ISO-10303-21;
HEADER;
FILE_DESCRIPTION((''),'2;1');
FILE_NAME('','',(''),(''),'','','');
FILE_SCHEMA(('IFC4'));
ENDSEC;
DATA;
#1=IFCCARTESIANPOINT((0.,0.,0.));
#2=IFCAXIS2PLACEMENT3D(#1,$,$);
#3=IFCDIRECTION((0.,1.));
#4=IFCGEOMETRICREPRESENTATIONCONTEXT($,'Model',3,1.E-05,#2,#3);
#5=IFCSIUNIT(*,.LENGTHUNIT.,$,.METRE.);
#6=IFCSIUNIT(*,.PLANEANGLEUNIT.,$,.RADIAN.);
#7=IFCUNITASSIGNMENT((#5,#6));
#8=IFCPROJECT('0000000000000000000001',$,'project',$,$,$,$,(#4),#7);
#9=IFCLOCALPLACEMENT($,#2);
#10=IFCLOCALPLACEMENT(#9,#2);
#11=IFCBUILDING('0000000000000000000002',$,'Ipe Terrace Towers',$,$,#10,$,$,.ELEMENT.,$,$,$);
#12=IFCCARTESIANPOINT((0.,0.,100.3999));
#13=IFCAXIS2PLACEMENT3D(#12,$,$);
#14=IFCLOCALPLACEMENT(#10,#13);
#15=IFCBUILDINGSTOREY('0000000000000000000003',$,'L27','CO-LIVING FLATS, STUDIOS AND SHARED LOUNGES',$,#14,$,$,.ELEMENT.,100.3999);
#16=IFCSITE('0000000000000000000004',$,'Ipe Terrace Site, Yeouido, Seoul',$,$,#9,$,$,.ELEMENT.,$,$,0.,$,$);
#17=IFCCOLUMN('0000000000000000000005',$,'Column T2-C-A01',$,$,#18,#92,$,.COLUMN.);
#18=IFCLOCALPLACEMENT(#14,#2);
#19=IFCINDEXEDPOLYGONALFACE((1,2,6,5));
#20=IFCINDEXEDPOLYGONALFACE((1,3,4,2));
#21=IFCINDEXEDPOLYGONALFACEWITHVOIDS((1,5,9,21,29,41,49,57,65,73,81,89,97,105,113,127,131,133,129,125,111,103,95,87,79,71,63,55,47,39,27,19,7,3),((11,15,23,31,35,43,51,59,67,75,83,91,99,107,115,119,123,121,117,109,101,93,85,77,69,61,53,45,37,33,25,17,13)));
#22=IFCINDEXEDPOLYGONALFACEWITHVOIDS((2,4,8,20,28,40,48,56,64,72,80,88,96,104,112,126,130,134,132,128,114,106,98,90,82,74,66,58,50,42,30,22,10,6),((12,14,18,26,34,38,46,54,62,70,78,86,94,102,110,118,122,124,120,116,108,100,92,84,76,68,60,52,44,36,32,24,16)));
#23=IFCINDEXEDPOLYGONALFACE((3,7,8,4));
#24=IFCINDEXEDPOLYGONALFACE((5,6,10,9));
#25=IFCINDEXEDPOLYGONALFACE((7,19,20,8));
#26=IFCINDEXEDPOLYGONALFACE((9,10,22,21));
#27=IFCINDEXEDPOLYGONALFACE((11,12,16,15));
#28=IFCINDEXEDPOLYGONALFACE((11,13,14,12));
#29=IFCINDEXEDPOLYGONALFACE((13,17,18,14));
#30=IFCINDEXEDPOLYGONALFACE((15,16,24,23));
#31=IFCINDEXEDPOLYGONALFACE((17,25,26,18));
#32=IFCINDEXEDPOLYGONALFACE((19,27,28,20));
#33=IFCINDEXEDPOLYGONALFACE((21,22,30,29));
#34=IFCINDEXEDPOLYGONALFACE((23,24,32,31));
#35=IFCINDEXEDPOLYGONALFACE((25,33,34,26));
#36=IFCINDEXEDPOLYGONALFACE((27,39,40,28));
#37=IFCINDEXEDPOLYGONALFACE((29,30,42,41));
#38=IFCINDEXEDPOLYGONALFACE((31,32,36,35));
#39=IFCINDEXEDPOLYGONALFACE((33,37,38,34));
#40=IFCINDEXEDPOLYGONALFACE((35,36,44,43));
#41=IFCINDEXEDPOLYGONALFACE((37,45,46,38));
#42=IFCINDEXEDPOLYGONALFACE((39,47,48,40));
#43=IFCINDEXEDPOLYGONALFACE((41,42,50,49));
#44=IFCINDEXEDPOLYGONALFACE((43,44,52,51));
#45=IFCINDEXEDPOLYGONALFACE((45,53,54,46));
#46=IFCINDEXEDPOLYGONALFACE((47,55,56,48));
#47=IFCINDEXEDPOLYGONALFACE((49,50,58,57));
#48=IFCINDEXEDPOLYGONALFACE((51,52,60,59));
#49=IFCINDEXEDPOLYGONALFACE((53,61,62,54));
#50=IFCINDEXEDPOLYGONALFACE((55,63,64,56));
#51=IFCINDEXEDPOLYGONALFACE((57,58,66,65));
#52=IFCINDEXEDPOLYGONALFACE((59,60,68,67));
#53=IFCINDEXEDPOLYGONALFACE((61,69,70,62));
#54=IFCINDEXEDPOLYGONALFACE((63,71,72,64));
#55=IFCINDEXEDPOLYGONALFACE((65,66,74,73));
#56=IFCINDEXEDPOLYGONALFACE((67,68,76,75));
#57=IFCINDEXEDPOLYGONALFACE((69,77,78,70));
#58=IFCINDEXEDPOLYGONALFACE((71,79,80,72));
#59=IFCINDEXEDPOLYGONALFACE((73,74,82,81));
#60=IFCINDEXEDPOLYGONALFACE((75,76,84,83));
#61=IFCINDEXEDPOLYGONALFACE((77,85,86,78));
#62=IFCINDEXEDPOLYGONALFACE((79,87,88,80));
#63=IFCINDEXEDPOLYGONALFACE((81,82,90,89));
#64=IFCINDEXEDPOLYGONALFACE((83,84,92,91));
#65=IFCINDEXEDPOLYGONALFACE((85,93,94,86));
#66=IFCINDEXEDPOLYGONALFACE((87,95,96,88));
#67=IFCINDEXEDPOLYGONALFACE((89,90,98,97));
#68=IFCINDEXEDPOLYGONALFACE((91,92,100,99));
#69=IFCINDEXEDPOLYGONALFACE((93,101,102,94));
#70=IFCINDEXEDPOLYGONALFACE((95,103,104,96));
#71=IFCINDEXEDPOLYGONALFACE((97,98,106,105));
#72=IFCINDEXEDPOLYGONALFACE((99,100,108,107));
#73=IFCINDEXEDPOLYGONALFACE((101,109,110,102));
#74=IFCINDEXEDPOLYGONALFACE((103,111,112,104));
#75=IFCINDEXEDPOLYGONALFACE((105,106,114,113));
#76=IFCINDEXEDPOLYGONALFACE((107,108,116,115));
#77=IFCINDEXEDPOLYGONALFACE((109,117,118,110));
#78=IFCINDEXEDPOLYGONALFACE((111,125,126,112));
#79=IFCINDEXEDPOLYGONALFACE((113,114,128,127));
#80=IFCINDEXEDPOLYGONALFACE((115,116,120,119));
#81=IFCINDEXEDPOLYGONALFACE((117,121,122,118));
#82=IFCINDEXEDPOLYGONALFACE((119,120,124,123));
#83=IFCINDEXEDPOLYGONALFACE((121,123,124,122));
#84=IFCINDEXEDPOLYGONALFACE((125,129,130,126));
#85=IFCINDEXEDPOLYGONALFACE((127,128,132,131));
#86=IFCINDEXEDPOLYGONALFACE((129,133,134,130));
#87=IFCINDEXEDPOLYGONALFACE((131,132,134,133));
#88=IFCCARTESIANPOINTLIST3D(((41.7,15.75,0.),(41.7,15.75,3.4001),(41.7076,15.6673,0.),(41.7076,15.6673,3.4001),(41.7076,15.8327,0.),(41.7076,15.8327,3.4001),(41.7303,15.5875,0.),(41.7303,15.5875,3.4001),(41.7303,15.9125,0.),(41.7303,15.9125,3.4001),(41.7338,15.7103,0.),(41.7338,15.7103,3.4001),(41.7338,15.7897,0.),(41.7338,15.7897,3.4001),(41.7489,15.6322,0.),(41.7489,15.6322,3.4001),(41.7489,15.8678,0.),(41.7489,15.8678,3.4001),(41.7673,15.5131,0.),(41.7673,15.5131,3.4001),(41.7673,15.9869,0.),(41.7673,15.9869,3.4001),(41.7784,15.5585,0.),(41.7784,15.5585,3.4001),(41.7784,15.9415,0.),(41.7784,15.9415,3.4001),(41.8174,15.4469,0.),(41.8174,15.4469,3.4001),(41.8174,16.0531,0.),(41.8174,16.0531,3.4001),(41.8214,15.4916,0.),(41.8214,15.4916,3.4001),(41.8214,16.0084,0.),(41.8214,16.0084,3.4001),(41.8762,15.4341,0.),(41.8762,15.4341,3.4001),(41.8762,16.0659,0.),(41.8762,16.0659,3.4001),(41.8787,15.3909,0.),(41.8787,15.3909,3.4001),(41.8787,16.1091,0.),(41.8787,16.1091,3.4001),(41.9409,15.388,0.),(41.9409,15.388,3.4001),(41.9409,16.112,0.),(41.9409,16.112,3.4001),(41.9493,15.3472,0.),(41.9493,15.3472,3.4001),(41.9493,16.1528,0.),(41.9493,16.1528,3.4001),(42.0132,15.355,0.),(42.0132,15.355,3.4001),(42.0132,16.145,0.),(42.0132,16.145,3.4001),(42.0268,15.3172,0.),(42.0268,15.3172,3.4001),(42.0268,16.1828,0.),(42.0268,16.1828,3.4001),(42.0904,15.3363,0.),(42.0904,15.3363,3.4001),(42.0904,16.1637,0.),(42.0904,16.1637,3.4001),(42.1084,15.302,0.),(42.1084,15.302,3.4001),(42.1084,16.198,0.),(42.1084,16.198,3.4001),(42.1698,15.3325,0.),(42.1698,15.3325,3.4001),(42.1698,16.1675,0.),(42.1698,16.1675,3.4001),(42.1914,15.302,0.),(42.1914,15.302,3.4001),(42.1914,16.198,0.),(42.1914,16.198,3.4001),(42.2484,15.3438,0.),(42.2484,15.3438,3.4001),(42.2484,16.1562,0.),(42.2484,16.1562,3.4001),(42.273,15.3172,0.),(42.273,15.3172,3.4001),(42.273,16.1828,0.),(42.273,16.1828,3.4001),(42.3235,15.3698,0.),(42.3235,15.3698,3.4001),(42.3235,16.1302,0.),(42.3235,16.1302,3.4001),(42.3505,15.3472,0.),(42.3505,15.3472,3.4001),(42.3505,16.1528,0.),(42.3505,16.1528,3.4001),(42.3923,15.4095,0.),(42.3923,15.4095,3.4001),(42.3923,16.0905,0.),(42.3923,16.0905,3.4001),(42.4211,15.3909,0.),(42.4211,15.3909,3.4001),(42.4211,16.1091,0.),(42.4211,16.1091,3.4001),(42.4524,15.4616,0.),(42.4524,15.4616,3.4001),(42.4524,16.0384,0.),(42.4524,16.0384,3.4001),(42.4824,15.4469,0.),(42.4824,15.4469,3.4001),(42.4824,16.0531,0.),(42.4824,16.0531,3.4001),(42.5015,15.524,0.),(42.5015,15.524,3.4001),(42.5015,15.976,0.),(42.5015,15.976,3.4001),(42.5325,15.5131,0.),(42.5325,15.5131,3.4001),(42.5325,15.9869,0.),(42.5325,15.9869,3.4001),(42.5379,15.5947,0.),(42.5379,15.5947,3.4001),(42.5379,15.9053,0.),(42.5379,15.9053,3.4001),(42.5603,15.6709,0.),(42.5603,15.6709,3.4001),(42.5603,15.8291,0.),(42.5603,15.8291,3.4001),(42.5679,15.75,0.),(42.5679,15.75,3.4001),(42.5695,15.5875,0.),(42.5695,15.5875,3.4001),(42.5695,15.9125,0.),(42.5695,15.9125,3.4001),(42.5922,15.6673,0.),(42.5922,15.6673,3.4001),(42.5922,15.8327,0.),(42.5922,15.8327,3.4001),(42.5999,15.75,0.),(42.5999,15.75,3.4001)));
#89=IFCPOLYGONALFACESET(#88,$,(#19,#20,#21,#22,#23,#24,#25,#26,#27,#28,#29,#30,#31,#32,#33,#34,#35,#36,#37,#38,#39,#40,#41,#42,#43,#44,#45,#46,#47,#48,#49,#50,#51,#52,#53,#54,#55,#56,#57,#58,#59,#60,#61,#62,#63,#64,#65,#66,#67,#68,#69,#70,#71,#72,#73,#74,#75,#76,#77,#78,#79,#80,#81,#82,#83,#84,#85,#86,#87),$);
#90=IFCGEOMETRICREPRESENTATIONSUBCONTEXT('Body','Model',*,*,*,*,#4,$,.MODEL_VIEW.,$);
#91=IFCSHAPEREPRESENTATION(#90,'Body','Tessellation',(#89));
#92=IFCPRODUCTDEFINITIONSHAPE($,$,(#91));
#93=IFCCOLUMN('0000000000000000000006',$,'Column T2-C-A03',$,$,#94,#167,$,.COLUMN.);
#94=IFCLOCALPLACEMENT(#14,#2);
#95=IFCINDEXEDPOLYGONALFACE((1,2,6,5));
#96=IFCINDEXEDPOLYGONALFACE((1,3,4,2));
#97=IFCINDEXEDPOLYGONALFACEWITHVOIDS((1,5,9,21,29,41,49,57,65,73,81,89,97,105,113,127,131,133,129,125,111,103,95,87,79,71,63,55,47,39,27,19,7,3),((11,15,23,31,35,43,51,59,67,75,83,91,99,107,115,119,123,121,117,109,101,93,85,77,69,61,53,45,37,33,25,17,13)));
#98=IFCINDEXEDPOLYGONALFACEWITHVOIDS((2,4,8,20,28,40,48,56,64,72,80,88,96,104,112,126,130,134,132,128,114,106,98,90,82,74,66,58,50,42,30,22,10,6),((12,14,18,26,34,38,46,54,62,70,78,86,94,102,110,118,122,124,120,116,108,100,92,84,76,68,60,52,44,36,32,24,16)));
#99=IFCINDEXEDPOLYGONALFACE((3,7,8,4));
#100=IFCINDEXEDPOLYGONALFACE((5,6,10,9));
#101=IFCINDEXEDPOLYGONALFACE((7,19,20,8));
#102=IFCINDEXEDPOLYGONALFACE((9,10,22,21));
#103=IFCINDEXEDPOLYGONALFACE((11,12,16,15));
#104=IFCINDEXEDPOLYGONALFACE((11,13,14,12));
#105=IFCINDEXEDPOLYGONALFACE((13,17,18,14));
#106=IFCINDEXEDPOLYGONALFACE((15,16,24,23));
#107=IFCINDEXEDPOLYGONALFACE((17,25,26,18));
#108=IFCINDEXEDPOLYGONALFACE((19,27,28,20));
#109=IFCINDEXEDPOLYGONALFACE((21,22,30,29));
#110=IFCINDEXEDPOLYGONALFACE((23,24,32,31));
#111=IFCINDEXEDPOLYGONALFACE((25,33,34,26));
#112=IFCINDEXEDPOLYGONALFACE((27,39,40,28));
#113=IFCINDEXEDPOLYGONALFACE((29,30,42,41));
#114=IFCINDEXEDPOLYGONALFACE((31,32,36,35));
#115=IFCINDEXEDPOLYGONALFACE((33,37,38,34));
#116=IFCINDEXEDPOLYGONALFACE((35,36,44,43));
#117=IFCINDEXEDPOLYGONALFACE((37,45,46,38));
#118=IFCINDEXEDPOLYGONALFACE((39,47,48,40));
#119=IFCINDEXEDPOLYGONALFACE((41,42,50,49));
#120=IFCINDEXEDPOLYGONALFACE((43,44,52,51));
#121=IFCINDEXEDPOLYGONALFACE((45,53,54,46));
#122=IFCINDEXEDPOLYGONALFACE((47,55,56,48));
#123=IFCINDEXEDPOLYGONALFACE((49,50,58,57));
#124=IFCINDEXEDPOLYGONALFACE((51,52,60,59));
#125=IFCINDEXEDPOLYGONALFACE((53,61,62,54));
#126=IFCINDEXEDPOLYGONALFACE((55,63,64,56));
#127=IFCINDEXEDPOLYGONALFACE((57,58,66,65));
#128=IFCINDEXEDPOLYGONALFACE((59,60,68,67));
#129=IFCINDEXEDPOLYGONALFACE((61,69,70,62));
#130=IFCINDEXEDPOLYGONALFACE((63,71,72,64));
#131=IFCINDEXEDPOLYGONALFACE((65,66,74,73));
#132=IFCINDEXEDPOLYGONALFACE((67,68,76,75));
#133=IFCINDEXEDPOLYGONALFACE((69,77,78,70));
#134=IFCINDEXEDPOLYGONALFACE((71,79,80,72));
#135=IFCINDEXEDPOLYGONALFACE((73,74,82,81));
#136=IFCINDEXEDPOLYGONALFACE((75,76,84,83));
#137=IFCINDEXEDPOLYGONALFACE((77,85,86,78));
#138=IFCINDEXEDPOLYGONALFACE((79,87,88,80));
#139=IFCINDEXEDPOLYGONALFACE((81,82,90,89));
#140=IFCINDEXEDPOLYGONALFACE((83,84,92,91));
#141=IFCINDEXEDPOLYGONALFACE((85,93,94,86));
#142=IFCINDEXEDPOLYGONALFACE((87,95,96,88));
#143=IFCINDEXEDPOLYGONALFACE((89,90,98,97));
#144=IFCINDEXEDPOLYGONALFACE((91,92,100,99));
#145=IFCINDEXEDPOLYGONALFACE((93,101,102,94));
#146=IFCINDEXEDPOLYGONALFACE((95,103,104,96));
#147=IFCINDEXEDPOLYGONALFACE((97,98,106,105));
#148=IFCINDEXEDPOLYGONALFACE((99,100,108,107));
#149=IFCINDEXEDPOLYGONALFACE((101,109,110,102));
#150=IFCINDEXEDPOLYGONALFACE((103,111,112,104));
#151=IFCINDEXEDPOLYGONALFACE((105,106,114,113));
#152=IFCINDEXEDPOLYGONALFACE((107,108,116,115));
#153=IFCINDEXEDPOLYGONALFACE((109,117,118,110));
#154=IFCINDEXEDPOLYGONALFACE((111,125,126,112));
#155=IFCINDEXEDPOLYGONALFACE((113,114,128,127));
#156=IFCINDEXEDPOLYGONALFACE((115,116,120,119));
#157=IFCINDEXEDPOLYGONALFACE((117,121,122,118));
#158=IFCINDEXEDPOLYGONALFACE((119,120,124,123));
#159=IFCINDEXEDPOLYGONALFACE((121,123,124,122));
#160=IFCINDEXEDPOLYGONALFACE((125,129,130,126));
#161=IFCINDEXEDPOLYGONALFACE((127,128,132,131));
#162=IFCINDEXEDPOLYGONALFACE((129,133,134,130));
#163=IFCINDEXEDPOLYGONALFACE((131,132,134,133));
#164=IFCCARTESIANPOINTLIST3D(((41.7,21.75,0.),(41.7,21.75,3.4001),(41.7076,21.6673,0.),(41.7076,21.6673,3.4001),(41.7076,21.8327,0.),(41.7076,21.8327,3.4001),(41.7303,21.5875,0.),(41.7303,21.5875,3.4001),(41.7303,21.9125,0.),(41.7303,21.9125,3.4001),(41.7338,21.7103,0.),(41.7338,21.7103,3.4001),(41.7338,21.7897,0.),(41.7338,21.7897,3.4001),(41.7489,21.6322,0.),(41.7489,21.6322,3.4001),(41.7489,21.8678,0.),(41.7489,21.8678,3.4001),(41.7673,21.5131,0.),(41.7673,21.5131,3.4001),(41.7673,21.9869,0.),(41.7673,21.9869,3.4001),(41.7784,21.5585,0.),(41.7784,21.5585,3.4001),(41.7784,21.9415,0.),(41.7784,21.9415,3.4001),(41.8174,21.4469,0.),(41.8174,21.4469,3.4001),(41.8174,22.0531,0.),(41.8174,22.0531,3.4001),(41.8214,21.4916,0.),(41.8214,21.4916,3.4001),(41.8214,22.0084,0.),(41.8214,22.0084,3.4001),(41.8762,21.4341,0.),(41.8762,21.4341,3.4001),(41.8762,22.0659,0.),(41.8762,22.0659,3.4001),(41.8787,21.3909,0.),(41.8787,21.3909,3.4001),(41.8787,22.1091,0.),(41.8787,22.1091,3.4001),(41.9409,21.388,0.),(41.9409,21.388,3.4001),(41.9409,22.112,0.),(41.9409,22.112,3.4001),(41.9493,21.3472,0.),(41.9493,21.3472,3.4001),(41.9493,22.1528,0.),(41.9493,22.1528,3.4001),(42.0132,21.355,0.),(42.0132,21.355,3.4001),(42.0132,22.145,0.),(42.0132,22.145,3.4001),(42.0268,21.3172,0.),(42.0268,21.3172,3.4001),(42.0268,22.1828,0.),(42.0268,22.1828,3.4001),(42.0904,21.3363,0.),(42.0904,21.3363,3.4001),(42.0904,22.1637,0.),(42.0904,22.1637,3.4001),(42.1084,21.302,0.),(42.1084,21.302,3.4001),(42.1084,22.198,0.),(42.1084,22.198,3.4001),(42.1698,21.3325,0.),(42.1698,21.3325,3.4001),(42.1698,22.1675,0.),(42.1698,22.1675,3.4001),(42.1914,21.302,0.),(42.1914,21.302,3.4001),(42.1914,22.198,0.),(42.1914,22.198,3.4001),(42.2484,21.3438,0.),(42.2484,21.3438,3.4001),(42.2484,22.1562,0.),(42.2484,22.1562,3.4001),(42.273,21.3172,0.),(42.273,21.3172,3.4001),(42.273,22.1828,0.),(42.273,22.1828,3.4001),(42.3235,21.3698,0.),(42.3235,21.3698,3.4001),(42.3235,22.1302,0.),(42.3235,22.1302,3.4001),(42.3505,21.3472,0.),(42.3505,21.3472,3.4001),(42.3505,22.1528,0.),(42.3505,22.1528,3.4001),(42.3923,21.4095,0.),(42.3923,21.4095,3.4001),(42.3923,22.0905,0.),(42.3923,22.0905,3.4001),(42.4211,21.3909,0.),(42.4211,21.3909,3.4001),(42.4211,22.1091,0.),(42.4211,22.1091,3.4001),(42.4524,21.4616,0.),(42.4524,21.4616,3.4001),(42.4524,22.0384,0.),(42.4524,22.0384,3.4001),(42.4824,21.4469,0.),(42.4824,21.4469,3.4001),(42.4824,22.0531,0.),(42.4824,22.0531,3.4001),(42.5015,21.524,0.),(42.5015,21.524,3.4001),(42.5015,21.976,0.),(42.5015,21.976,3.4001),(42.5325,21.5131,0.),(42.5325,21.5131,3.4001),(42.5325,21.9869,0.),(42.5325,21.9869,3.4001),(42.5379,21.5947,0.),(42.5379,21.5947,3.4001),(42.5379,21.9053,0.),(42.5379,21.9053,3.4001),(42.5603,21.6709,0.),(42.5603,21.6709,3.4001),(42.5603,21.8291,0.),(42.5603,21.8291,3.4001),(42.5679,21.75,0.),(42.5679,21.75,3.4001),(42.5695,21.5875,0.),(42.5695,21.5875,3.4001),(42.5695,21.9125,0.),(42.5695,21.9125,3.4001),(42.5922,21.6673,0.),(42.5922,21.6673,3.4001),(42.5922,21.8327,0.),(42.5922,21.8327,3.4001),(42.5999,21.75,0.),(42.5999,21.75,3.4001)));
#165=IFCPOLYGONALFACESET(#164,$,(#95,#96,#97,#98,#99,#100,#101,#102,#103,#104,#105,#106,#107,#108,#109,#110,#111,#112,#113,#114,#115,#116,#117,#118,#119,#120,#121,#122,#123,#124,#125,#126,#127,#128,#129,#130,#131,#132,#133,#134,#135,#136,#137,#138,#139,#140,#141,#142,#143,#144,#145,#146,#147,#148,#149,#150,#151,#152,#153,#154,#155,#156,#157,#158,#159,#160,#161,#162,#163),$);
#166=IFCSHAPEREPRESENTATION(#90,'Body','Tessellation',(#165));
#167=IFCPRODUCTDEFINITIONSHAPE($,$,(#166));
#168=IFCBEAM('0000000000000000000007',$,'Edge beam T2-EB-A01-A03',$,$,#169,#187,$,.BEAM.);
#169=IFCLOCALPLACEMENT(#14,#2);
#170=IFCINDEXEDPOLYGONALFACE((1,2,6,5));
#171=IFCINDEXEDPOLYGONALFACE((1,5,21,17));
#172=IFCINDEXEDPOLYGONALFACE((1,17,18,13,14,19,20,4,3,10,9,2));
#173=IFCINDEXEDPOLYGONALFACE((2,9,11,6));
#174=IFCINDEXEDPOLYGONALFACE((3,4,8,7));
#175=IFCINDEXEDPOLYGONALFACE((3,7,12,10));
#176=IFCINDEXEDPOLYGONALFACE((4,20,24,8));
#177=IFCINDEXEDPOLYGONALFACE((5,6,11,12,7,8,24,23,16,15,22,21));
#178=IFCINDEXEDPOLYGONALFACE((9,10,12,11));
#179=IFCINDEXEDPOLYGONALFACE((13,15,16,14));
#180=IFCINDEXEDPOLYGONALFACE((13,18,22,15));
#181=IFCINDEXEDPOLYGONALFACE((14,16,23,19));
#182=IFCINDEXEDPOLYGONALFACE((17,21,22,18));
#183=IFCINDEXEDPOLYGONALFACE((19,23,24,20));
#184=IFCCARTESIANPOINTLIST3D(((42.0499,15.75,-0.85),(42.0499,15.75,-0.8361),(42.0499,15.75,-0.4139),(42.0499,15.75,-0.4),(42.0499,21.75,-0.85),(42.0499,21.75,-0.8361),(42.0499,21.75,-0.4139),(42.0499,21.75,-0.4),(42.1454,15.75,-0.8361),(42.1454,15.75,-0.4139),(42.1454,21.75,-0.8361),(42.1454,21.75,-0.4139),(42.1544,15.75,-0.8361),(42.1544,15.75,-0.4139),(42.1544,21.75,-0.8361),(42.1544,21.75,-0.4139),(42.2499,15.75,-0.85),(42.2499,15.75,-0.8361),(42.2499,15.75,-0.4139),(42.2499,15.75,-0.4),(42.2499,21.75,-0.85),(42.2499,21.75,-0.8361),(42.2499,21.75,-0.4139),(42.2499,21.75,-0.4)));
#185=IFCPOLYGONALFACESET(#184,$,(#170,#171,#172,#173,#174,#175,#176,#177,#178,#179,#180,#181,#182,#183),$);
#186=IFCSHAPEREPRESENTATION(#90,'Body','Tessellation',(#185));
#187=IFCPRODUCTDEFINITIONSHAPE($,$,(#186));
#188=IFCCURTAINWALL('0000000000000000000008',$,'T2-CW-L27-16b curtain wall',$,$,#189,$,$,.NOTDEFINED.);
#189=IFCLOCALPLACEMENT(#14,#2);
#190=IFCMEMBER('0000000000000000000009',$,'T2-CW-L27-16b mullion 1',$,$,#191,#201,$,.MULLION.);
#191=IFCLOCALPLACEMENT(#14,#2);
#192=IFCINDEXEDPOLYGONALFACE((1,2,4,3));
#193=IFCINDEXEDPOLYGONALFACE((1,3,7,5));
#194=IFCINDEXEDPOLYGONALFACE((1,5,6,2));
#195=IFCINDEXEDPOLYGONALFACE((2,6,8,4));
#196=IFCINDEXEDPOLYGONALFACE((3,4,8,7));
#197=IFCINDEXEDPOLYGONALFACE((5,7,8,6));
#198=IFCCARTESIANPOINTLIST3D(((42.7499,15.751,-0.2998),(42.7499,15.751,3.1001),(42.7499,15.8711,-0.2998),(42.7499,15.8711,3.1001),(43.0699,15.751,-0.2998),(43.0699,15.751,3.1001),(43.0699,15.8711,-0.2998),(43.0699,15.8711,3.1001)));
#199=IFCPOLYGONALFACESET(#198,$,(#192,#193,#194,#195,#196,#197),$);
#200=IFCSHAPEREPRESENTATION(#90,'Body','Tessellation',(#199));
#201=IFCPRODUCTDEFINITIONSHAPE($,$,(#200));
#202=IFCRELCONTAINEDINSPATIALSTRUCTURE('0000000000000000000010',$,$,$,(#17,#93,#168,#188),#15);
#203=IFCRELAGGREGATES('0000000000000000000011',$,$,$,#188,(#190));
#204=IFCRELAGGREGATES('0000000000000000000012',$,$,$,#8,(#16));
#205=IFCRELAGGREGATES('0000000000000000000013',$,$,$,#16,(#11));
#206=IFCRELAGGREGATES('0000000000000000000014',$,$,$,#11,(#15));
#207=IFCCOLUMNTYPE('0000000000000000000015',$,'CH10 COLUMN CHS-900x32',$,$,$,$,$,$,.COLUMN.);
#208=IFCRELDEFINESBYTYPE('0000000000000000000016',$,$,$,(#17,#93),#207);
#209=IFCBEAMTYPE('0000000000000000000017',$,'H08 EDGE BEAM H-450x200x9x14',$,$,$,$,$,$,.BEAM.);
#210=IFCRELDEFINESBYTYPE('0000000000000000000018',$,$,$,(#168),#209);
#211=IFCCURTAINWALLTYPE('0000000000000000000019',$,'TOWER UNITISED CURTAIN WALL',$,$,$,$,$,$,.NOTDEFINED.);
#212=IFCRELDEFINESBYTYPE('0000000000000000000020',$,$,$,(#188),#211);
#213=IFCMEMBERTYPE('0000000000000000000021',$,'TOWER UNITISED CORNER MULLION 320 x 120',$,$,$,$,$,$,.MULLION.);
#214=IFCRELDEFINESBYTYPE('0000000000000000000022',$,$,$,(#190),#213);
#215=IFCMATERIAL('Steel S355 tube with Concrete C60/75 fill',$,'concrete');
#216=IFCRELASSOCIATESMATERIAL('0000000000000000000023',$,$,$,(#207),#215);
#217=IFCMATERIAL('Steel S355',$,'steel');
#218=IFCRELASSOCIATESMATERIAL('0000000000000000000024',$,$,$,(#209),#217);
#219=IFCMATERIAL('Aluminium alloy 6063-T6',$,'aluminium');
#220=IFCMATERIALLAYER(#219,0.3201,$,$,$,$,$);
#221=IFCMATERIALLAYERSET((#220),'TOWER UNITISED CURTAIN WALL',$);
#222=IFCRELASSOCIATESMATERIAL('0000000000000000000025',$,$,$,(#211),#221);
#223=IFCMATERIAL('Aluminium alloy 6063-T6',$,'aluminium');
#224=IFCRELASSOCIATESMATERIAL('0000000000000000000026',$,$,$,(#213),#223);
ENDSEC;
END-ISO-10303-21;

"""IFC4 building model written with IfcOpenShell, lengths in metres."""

from ifc_helpers import new_model, si_unit, direction, frame, origin, origin_2d, place, context, subcontext, project, spatial, rectangle, hollow_circle, i_section, extrude, material, layer, layer_set, material_profile, profile_set, type_object, element, aggregate, save


model = new_model("IFC4")

# Units and contexts
model_context = context("Model", 3, precision=1e-05, world=origin(), true_north=direction((0.0, 1.0)))
body_context = subcontext(model_context, "Body", "Model", "MODEL_VIEW")
ifc_project = project(units=[si_unit("LENGTHUNIT", "METRE"), si_unit("PLANEANGLEUNIT", "RADIAN")], contexts=[model_context])

# Site, building, storey
site_placement = place(None, origin())
site = spatial("IfcSite", under=ifc_project, at=site_placement, Name="Ipe Terrace Site, Yeouido, Seoul", CompositionType="ELEMENT", RefElevation=0.0)
building_placement = place(site_placement, origin())
building = spatial("IfcBuilding", under=site, at=building_placement, Name="Ipe Terrace Towers", CompositionType="ELEMENT")
storey_placement = place(building_placement, frame((0.0, 0.0, 100.3999)))
storey = spatial("IfcBuildingStorey", under=building, at=storey_placement, Name="L27", Description="CO-LIVING FLATS, STUDIOS AND SHARED LOUNGES", CompositionType="ELEMENT", Elevation=100.3999)

# Columns
ifc_material_1 = material(Name="Steel S355 tube with Concrete C60/75 fill", Category="concrete")
ifc_material_profile_1 = material_profile(ifc_material_1, hollow_circle(Radius=0.45, WallThickness=0.032, at=origin_2d()), Name="CHS-900x32")
ifc_profile_set_1 = profile_set([ifc_material_profile_1], Name="Steel S355 tube with Concrete C60/75 fill")
column_type = type_object("IfcColumnType", Name="CH10 COLUMN CHS-900x32", PredefinedType="COLUMN", material=ifc_profile_set_1)
for number, where, z_axis, x_axis, name in (
    (1, (42.1499, 15.75, 0.0), (0.0, 0.0, 1.0), (1.0, 0.0, 0.0), "Column T2-C-A01"),
    (2, (42.1499, 21.75, 0.0), (0.0, 0.0, 1.0), (1.0, 0.0, 0.0), "Column T2-C-A03"),
):
    element("IfcColumn", number, at=place(storey_placement, frame(where, z_axis=z_axis, x_axis=x_axis)), inside=storey, type_object=column_type, Name=name, PredefinedType="COLUMN", context=body_context, shape_type="SweptSolid", body=[
        extrude(hollow_circle(Radius=0.45, WallThickness=0.032, at=origin_2d()), origin(), (0.0, 0.0, 1.0), 3.4001),
    ])

# Beam
ifc_material_2 = material(Name="Steel S355", Category="steel")
ifc_material_profile_2 = material_profile(ifc_material_2, i_section(OverallWidth=0.2, OverallDepth=0.45, WebThickness=0.009, FlangeThickness=0.0139, at=origin_2d()), Name="H-450x200x9x14")
ifc_profile_set_2 = profile_set([ifc_material_profile_2], Name="Steel S355")
beam_type = type_object("IfcBeamType", Name="H08 EDGE BEAM H-450x200x9x14", PredefinedType="BEAM", material=ifc_profile_set_2)
beam_placement = place(storey_placement, frame((42.1499, 15.75, -0.625), z_axis=(0.0, 1.0, 0.0), x_axis=(-1.0, 0.0, 0.0)))
element("IfcBeam", 3, at=beam_placement, inside=storey, type_object=beam_type, Name="Edge beam T2-EB-A01-A03", PredefinedType="BEAM", context=body_context, shape_type="SweptSolid", body=[
    extrude(i_section(OverallWidth=0.2, OverallDepth=0.45, WebThickness=0.009, FlangeThickness=0.0139, at=origin_2d()), origin(), (0.0, 0.0, 1.0), 6.0),
])

# Curtain wall, member
ifc_material_3 = material(Name="Aluminium alloy 6063-T6", Category="aluminium")
ifc_layer_1 = layer(ifc_material_3, 0.3201)
ifc_layer_set_1 = layer_set([ifc_layer_1], Name="TOWER UNITISED CURTAIN WALL")
curtain_wall_type = type_object("IfcCurtainWallType", Name="TOWER UNITISED CURTAIN WALL", PredefinedType="NOTDEFINED", material=ifc_layer_set_1)
curtain_wall_1_placement = place(storey_placement, origin())
curtain_wall_1 = element("IfcCurtainWall", 4, at=curtain_wall_1_placement, inside=storey, type_object=curtain_wall_type, Name="T2-CW-L27-16b curtain wall", PredefinedType="NOTDEFINED")
ifc_material_4 = material(Name="Aluminium alloy 6063-T6", Category="aluminium")
ifc_material_profile_3 = material_profile(ifc_material_4, rectangle(XDim=0.3201, YDim=0.1201, at=origin_2d()), Name="TOWER UNITISED CORNER MULLION 320 x 120")
ifc_profile_set_3 = profile_set([ifc_material_profile_3], Name="Aluminium alloy 6063-T6")
member_type_1 = type_object("IfcMemberType", Name="TOWER UNITISED CORNER MULLION 320 x 120", PredefinedType="MULLION", material=ifc_profile_set_3)
member_1_placement = place(storey_placement, frame((42.9099, 15.811, -0.2998), z_axis=(0.0, 0.0, 1.0), x_axis=(1.0, 0.0, 0.0)))
member_1 = element("IfcMember", 5, at=member_1_placement, type_object=member_type_1, Name="T2-CW-L27-16b mullion 1", PredefinedType="MULLION", context=body_context, shape_type="SweptSolid", body=[
    extrude(rectangle(XDim=0.3201, YDim=0.1201, at=origin_2d()), origin(), (0.0, 0.0, 1.0), 3.3999),
])

aggregate(curtain_wall_1, [member_1])

save(model, "model.ifc")
